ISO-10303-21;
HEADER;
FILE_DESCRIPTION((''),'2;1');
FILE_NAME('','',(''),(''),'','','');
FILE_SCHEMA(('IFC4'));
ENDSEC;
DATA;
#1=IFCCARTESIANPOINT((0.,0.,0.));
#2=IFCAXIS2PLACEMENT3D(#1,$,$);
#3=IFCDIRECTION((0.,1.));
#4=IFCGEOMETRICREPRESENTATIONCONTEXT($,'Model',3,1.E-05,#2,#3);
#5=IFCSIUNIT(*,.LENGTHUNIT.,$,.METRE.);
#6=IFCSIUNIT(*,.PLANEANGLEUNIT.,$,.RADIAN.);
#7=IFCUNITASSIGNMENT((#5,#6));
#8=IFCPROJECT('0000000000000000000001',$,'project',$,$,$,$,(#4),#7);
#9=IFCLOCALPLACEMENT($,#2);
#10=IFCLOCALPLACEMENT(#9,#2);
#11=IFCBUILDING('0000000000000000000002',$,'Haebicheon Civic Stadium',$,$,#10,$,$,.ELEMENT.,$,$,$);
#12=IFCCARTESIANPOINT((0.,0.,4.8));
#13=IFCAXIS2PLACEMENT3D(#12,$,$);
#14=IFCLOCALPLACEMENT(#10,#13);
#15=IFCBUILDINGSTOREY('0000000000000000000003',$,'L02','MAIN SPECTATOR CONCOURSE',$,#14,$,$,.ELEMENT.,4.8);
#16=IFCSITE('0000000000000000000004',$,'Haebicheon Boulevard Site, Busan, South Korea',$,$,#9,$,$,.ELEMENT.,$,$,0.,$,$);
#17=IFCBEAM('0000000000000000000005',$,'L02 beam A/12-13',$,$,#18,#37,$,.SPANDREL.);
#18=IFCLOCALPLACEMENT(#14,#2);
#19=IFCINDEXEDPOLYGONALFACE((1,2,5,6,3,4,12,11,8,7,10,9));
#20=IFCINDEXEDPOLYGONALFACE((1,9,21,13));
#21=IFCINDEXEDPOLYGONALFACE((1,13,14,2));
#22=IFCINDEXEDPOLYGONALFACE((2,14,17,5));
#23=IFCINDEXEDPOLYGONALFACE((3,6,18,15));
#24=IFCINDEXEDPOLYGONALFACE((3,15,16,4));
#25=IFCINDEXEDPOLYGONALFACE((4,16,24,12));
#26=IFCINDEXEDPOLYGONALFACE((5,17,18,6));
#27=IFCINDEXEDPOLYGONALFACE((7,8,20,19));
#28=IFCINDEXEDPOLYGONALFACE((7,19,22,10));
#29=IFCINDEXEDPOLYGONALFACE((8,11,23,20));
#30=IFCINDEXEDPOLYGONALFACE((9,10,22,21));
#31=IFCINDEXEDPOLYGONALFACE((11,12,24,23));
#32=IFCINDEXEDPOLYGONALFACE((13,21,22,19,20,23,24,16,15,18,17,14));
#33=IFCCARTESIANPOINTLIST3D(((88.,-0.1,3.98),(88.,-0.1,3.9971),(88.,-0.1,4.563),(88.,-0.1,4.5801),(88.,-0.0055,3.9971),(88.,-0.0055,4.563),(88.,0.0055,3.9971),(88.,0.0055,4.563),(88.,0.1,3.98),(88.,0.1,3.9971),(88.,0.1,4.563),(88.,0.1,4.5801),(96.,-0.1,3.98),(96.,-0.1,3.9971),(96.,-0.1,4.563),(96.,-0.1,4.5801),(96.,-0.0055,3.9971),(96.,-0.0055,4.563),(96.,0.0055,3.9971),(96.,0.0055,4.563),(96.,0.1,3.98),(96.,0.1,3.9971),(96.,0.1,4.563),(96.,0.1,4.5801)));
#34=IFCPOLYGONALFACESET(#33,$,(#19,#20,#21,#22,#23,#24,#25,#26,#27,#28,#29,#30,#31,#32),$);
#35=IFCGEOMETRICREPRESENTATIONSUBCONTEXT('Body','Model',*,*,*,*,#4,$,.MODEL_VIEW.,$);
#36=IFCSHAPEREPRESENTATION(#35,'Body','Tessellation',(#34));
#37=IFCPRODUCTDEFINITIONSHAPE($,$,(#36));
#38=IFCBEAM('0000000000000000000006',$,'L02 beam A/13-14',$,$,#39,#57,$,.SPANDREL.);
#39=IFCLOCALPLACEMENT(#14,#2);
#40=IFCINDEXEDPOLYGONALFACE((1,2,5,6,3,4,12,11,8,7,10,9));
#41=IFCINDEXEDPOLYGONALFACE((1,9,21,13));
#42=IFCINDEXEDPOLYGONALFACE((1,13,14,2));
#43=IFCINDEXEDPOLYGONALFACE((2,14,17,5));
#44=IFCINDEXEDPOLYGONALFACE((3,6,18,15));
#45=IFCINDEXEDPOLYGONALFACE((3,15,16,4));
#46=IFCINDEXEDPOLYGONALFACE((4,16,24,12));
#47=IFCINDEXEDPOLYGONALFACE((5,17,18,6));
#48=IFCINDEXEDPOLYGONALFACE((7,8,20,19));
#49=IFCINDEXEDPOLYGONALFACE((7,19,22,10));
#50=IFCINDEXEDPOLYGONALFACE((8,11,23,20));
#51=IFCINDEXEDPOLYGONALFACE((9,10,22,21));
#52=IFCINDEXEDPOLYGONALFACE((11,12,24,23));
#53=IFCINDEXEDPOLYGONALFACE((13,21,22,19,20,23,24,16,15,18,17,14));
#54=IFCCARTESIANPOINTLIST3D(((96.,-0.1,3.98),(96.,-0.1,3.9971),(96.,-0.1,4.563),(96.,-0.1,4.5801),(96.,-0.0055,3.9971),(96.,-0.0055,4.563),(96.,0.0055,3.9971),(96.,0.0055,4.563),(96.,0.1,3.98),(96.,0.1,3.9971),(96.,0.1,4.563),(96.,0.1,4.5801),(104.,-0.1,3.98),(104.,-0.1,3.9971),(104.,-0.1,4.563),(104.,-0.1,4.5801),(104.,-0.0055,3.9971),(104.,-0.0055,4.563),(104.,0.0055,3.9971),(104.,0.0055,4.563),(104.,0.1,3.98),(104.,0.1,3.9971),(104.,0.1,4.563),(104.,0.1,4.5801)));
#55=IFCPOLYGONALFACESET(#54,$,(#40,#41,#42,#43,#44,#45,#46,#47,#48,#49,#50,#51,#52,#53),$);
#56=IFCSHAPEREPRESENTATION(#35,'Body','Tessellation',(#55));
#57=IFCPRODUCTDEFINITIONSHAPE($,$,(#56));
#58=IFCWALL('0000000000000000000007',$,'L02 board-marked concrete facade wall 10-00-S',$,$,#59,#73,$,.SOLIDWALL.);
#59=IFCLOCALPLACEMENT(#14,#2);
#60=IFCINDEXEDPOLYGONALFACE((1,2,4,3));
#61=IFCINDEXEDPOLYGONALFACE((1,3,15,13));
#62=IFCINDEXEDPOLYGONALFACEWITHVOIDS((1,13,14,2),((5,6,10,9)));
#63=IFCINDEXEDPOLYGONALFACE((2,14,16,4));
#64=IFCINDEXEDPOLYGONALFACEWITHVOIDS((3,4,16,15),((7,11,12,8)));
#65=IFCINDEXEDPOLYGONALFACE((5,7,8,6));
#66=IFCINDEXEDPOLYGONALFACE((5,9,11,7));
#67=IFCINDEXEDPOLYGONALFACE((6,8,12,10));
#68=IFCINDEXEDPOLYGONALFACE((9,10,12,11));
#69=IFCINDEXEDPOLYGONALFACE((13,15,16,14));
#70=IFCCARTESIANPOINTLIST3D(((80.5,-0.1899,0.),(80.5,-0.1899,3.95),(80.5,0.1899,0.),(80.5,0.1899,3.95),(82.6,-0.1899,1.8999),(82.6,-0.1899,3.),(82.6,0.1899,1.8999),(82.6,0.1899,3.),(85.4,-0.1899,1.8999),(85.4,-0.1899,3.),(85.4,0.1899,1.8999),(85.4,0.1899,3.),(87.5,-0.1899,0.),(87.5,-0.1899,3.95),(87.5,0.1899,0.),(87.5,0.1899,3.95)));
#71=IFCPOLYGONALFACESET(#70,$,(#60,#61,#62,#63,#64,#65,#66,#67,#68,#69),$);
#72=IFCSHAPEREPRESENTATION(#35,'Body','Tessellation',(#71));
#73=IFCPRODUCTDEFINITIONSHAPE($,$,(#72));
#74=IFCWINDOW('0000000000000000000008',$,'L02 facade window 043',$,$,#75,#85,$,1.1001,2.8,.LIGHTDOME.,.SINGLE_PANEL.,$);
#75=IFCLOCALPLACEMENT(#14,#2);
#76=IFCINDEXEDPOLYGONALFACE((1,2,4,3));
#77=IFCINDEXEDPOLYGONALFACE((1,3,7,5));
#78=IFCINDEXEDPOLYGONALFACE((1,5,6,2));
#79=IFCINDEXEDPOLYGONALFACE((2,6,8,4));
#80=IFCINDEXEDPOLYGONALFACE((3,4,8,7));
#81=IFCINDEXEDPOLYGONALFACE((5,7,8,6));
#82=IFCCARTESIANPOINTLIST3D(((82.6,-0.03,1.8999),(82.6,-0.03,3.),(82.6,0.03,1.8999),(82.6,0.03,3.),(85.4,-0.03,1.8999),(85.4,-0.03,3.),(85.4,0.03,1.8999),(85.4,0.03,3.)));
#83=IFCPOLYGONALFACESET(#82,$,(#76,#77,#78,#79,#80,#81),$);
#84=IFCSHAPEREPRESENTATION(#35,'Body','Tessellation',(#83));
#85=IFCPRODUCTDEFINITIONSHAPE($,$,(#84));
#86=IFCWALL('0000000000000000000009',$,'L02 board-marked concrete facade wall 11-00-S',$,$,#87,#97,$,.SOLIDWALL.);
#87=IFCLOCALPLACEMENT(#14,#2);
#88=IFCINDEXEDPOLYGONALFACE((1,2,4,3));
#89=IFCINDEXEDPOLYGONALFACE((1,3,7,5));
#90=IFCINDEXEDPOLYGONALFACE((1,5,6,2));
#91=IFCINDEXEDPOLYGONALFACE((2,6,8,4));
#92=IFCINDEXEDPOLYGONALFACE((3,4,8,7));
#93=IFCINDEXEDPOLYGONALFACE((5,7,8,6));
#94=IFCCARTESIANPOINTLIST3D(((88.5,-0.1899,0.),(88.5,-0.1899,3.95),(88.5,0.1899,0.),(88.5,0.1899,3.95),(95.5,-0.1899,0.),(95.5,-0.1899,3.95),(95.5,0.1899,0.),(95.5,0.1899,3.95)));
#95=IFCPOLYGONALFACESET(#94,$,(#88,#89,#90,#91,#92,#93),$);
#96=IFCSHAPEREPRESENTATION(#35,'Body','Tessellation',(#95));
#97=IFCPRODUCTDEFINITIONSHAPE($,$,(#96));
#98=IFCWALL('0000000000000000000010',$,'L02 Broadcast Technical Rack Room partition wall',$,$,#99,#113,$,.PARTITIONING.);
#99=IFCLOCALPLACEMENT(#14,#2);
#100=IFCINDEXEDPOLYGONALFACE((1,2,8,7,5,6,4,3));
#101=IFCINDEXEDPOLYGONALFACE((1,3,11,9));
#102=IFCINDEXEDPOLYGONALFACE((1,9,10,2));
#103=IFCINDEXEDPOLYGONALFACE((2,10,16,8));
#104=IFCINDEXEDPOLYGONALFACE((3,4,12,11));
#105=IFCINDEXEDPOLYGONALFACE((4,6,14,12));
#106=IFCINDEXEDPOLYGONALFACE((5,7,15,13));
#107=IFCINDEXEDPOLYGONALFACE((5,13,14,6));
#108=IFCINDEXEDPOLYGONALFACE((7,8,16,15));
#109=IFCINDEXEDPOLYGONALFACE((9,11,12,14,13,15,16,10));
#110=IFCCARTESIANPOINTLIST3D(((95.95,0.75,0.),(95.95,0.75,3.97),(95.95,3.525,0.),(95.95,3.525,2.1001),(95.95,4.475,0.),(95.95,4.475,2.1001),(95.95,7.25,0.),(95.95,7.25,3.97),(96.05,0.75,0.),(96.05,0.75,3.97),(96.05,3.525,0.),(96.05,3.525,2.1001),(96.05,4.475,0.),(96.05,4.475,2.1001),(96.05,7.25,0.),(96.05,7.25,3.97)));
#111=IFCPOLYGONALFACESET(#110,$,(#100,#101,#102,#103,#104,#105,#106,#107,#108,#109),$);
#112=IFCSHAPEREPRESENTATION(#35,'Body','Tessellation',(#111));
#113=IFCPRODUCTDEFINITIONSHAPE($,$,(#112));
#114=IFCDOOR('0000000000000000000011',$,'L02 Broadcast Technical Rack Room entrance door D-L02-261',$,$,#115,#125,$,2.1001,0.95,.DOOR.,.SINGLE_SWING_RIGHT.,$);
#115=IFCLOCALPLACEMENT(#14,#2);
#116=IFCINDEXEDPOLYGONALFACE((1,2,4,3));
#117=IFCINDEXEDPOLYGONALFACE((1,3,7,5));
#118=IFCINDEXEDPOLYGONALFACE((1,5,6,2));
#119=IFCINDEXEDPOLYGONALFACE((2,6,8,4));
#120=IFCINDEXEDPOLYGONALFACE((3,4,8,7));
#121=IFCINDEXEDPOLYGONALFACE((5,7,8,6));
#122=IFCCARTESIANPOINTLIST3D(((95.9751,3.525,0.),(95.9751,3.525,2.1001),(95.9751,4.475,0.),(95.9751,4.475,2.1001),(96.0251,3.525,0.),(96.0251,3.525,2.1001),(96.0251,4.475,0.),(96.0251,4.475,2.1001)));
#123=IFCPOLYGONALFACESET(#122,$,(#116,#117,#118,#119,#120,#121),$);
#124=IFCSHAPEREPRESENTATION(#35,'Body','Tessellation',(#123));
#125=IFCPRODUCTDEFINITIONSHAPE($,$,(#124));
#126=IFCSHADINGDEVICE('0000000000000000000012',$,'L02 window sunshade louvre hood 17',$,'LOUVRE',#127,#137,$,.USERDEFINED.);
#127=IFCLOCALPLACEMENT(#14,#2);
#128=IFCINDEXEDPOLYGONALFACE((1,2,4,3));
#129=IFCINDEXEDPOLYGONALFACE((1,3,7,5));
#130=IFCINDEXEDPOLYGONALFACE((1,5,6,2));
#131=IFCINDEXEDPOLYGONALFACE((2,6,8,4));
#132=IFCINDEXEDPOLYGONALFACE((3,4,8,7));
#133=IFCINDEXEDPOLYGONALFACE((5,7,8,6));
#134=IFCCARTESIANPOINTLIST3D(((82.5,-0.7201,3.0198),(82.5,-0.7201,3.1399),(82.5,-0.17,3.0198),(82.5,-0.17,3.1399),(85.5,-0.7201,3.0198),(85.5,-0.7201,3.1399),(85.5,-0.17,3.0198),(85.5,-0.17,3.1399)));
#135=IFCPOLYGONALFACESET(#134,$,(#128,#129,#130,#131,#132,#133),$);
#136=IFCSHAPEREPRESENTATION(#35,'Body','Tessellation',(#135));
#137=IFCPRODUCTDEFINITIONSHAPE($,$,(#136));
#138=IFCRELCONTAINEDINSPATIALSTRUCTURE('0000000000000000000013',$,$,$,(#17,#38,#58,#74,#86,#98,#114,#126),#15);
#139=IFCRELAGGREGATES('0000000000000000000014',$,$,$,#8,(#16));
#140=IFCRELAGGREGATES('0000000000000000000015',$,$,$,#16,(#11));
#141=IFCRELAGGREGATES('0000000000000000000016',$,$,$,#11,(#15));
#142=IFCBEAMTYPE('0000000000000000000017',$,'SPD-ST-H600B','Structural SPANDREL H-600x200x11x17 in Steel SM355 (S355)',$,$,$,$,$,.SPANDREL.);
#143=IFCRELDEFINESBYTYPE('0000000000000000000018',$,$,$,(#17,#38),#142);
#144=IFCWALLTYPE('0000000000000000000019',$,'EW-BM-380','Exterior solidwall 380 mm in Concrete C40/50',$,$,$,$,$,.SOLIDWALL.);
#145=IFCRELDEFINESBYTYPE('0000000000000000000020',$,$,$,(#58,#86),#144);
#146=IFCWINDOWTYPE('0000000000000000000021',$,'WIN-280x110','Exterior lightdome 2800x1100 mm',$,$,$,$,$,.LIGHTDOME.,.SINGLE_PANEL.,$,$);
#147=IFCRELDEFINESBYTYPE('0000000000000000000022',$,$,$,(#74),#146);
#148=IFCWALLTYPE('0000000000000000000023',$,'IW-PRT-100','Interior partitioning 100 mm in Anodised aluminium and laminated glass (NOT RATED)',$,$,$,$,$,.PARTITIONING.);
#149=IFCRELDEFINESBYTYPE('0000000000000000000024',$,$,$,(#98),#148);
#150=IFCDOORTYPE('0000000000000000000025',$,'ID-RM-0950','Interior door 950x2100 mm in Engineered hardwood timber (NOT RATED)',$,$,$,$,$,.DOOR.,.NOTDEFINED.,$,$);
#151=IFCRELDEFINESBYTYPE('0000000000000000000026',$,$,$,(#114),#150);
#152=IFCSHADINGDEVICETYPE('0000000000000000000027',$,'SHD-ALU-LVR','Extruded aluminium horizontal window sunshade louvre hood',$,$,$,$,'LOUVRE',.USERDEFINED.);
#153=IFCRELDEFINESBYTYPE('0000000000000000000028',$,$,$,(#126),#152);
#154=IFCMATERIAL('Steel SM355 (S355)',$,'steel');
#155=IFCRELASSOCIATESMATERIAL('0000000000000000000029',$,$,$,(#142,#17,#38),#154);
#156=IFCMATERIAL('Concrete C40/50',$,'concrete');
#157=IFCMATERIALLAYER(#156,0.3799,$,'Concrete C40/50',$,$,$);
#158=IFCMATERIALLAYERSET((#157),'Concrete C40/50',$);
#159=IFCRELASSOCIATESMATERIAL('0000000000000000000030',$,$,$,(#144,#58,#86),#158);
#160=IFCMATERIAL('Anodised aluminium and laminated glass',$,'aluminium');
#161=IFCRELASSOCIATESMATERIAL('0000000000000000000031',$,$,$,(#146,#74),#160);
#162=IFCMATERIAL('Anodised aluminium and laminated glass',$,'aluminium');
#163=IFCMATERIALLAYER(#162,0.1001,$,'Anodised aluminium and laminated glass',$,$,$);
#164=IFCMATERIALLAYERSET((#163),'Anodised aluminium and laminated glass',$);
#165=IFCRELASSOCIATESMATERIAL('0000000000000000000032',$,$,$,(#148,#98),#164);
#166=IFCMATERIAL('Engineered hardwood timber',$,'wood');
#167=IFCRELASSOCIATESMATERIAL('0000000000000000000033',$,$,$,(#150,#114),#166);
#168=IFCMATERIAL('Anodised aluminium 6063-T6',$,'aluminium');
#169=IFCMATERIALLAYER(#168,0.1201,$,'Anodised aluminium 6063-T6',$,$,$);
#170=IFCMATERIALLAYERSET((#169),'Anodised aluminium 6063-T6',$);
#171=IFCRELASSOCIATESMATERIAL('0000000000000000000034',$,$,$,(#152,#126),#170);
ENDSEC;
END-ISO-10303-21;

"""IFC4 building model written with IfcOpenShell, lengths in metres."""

from ifc_helpers import new_model, si_unit, direction, frame, frame_2d, origin, origin_2d, place, context, subcontext, project, spatial, rectangle, i_section, extrude, material, layer, layer_set, material_profile, profile_set, type_object, element, fill, save


model = new_model("IFC4")

# Units and contexts
model_context = context("Model", 3, precision=1e-05, world=origin(), true_north=direction((0.0, 1.0)))
body_context = subcontext(model_context, "Body", "Model", "MODEL_VIEW")
ifc_project = project(units=[si_unit("LENGTHUNIT", "METRE"), si_unit("PLANEANGLEUNIT", "RADIAN")], contexts=[model_context])

# Site, building, storey
site_placement = place(None, origin())
site = spatial("IfcSite", under=ifc_project, at=site_placement, Name="Haebicheon Boulevard Site, Busan, South Korea", CompositionType="ELEMENT", RefElevation=0.0)
building_placement = place(site_placement, origin())
building = spatial("IfcBuilding", under=site, at=building_placement, Name="Haebicheon Civic Stadium", CompositionType="ELEMENT")
storey_placement = place(building_placement, frame((0.0, 0.0, 4.8)))
storey = spatial("IfcBuildingStorey", under=building, at=storey_placement, Name="L02", Description="MAIN SPECTATOR CONCOURSE", CompositionType="ELEMENT", Elevation=4.8)

# Beams
ifc_material_1 = material(Name="Steel SM355 (S355)", Category="steel")
ifc_material_profile_1 = material_profile(ifc_material_1, i_section(OverallWidth=0.2, OverallDepth=0.6001, WebThickness=0.011, FlangeThickness=0.0171, at=origin_2d()), Name="H-600x200x11x17")
ifc_profile_set_1 = profile_set([ifc_material_profile_1], Name="Steel SM355 (S355)")
beam_type_1 = type_object("IfcBeamType", Name="SPD-ST-H600B", Description="Structural SPANDREL H-600x200x11x17 in Steel SM355 (S355)", PredefinedType="SPANDREL", material=ifc_profile_set_1)
for number, where, z_axis, x_axis, name in (
    (1, (88.0, 0.0, 4.28), (1.0, 0.0, 0.0), (0.0, 1.0, 0.0), "L02 beam A/12-13"),
    (2, (96.0, 0.0, 4.28), (1.0, 0.0, 0.0), (0.0, 1.0, 0.0), "L02 beam A/13-14"),
):
    element("IfcBeam", number, at=place(storey_placement, frame(where, z_axis=z_axis, x_axis=x_axis)), inside=storey, type_object=beam_type_1, material=ifc_profile_set_1, Name=name, PredefinedType="SPANDREL", context=body_context, shape_type="SweptSolid", body=[
        extrude(i_section(OverallWidth=0.2, OverallDepth=0.6001, WebThickness=0.011, FlangeThickness=0.0171, at=origin_2d()), origin(), (0.0, 0.0, 1.0), 8.0),
    ])

# Wall, opening, window
ifc_material_2 = material(Name="Concrete C40/50", Category="concrete")
ifc_layer_1 = layer(ifc_material_2, 0.3799, Name="Concrete C40/50")
ifc_layer_set_1 = layer_set([ifc_layer_1], Name="Concrete C40/50")
wall_type_1 = type_object("IfcWallType", Name="EW-BM-380", Description="Exterior solidwall 380 mm in Concrete C40/50", PredefinedType="SOLIDWALL", material=ifc_layer_set_1)
wall_1_placement = place(storey_placement, frame((80.5, 0.0, 0.0), z_axis=(0.0, 0.0, 1.0), x_axis=(1.0, 0.0, 0.0)))
wall_1 = element("IfcWall", 3, at=wall_1_placement, inside=storey, type_object=wall_type_1, material=ifc_layer_set_1, Name="L02 board-marked concrete facade wall 10-00-S", PredefinedType="SOLIDWALL", context=body_context, shape_type="SweptSolid", body=[
    extrude(rectangle(XDim=7.0, YDim=0.3799, at=frame_2d((3.5, 0.0))), origin(), (0.0, 0.0, 1.0), 3.95),
])
opening_1_placement = place(wall_1_placement, frame((2.1001, 0.0, 1.8999)))
opening_1 = element("IfcOpeningElement", 4, at=opening_1_placement, cuts=wall_1, PredefinedType="OPENING", context=body_context, shape_type="SweptSolid", body=[
    extrude(rectangle(XDim=2.8, YDim=1.1001, at=frame_2d((1.3999, 0.55))), frame((0.0, 0.2, 0.0), z_axis=(0.0, -1.0, 0.0), x_axis=(1.0, 0.0, 0.0)), (0.0, 0.0, 1.0), 0.3999),
])
ifc_material_3 = material(Name="Anodised aluminium and laminated glass", Category="aluminium")
window_type = type_object("IfcWindowType", Name="WIN-280x110", Description="Exterior lightdome 2800x1100 mm", PartitioningType="SINGLE_PANEL", PredefinedType="LIGHTDOME", material=ifc_material_3)
window_placement = place(opening_1_placement, origin())
window = element("IfcWindow", 5, at=window_placement, inside=storey, type_object=window_type, material=ifc_material_3, Name="L02 facade window 043", OverallHeight=1.1001, OverallWidth=2.8, PartitioningType="SINGLE_PANEL", PredefinedType="LIGHTDOME", context=body_context, shape_type="SweptSolid", body=[
    extrude(rectangle(XDim=2.8, YDim=1.1001, at=frame_2d((1.3999, 0.55))), frame((0.0, 0.03, 0.0), z_axis=(0.0, -1.0, 0.0), x_axis=(1.0, 0.0, 0.0)), (0.0, 0.0, 1.0), 0.0601),
])
fill(opening_1, window)

# Wall
wall_2_placement = place(storey_placement, frame((88.5, 0.0, 0.0), z_axis=(0.0, 0.0, 1.0), x_axis=(1.0, 0.0, 0.0)))
element("IfcWall", 6, at=wall_2_placement, inside=storey, type_object=wall_type_1, material=ifc_layer_set_1, Name="L02 board-marked concrete facade wall 11-00-S", PredefinedType="SOLIDWALL", context=body_context, shape_type="SweptSolid", body=[
    extrude(rectangle(XDim=7.0, YDim=0.3799, at=frame_2d((3.5, 0.0))), origin(), (0.0, 0.0, 1.0), 3.95),
])

# Wall, opening, door
ifc_material_4 = material(Name="Anodised aluminium and laminated glass", Category="aluminium")
ifc_layer_2 = layer(ifc_material_4, 0.1001, Name="Anodised aluminium and laminated glass")
ifc_layer_set_2 = layer_set([ifc_layer_2], Name="Anodised aluminium and laminated glass")
wall_type_2 = type_object("IfcWallType", Name="IW-PRT-100", Description="Interior partitioning 100 mm in Anodised aluminium and laminated glass (NOT RATED)", PredefinedType="PARTITIONING", material=ifc_layer_set_2)
wall_3_placement = place(storey_placement, frame((96.0, 0.75, 0.0), z_axis=(0.0, 0.0, 1.0), x_axis=(0.0, 1.0, 0.0)))
wall_3 = element("IfcWall", 7, at=wall_3_placement, inside=storey, type_object=wall_type_2, material=ifc_layer_set_2, Name="L02 Broadcast Technical Rack Room partition wall", PredefinedType="PARTITIONING", context=body_context, shape_type="SweptSolid", body=[
    extrude(rectangle(XDim=6.5, YDim=0.1001, at=frame_2d((3.25, 0.0))), origin(), (0.0, 0.0, 1.0), 3.97),
])
opening_2_placement = place(wall_3_placement, frame((2.7749, 0.0, 0.0)))
opening_2 = element("IfcOpeningElement", 8, at=opening_2_placement, cuts=wall_3, PredefinedType="OPENING", context=body_context, shape_type="SweptSolid", body=[
    extrude(rectangle(XDim=0.95, YDim=2.1001, at=frame_2d((0.4751, 1.05))), frame((0.0, 0.0601, 0.0), z_axis=(0.0, -1.0, 0.0), x_axis=(1.0, 0.0, 0.0)), (0.0, 0.0, 1.0), 0.1201),
])
ifc_material_5 = material(Name="Engineered hardwood timber", Category="wood")
door_type = type_object("IfcDoorType", Name="ID-RM-0950", Description="Interior door 950x2100 mm in Engineered hardwood timber (NOT RATED)", OperationType="NOTDEFINED", PredefinedType="DOOR", material=ifc_material_5)
door_placement = place(opening_2_placement, origin())
door = element("IfcDoor", 9, at=door_placement, inside=storey, type_object=door_type, material=ifc_material_5, Name="L02 Broadcast Technical Rack Room entrance door D-L02-261", OperationType="SINGLE_SWING_RIGHT", OverallHeight=2.1001, OverallWidth=0.95, PredefinedType="DOOR", context=body_context, shape_type="SweptSolid", body=[
    extrude(rectangle(XDim=0.95, YDim=2.1001, at=frame_2d((0.4751, 1.05))), frame((0.0, 0.0249, 0.0), z_axis=(0.0, -1.0, 0.0), x_axis=(1.0, 0.0, 0.0)), (0.0, 0.0, 1.0), 0.05),
])
fill(opening_2, door)

# Shading device
ifc_material_6 = material(Name="Anodised aluminium 6063-T6", Category="aluminium")
ifc_layer_3 = layer(ifc_material_6, 0.1201, Name="Anodised aluminium 6063-T6")
ifc_layer_set_3 = layer_set([ifc_layer_3], Name="Anodised aluminium 6063-T6")
shading_device_type = type_object("IfcShadingDeviceType", Name="SHD-ALU-LVR", Description="Extruded aluminium horizontal window sunshade louvre hood", ElementType="LOUVRE", PredefinedType="USERDEFINED", material=ifc_layer_set_3)
shading_device_placement = place(storey_placement, frame((84.0, -0.4451, 3.0198), z_axis=(0.0, 0.0, 1.0), x_axis=(1.0, 0.0, 0.0)))
element("IfcShadingDevice", 10, at=shading_device_placement, inside=storey, type_object=shading_device_type, material=ifc_layer_set_3, Name="L02 window sunshade louvre hood 17", ObjectType="LOUVRE", PredefinedType="USERDEFINED", context=body_context, shape_type="SweptSolid", body=[
    extrude(rectangle(XDim=3.0, YDim=0.55, at=origin_2d()), origin(), (0.0, 0.0, 1.0), 0.1201),
])

save(model, "model.ifc")
